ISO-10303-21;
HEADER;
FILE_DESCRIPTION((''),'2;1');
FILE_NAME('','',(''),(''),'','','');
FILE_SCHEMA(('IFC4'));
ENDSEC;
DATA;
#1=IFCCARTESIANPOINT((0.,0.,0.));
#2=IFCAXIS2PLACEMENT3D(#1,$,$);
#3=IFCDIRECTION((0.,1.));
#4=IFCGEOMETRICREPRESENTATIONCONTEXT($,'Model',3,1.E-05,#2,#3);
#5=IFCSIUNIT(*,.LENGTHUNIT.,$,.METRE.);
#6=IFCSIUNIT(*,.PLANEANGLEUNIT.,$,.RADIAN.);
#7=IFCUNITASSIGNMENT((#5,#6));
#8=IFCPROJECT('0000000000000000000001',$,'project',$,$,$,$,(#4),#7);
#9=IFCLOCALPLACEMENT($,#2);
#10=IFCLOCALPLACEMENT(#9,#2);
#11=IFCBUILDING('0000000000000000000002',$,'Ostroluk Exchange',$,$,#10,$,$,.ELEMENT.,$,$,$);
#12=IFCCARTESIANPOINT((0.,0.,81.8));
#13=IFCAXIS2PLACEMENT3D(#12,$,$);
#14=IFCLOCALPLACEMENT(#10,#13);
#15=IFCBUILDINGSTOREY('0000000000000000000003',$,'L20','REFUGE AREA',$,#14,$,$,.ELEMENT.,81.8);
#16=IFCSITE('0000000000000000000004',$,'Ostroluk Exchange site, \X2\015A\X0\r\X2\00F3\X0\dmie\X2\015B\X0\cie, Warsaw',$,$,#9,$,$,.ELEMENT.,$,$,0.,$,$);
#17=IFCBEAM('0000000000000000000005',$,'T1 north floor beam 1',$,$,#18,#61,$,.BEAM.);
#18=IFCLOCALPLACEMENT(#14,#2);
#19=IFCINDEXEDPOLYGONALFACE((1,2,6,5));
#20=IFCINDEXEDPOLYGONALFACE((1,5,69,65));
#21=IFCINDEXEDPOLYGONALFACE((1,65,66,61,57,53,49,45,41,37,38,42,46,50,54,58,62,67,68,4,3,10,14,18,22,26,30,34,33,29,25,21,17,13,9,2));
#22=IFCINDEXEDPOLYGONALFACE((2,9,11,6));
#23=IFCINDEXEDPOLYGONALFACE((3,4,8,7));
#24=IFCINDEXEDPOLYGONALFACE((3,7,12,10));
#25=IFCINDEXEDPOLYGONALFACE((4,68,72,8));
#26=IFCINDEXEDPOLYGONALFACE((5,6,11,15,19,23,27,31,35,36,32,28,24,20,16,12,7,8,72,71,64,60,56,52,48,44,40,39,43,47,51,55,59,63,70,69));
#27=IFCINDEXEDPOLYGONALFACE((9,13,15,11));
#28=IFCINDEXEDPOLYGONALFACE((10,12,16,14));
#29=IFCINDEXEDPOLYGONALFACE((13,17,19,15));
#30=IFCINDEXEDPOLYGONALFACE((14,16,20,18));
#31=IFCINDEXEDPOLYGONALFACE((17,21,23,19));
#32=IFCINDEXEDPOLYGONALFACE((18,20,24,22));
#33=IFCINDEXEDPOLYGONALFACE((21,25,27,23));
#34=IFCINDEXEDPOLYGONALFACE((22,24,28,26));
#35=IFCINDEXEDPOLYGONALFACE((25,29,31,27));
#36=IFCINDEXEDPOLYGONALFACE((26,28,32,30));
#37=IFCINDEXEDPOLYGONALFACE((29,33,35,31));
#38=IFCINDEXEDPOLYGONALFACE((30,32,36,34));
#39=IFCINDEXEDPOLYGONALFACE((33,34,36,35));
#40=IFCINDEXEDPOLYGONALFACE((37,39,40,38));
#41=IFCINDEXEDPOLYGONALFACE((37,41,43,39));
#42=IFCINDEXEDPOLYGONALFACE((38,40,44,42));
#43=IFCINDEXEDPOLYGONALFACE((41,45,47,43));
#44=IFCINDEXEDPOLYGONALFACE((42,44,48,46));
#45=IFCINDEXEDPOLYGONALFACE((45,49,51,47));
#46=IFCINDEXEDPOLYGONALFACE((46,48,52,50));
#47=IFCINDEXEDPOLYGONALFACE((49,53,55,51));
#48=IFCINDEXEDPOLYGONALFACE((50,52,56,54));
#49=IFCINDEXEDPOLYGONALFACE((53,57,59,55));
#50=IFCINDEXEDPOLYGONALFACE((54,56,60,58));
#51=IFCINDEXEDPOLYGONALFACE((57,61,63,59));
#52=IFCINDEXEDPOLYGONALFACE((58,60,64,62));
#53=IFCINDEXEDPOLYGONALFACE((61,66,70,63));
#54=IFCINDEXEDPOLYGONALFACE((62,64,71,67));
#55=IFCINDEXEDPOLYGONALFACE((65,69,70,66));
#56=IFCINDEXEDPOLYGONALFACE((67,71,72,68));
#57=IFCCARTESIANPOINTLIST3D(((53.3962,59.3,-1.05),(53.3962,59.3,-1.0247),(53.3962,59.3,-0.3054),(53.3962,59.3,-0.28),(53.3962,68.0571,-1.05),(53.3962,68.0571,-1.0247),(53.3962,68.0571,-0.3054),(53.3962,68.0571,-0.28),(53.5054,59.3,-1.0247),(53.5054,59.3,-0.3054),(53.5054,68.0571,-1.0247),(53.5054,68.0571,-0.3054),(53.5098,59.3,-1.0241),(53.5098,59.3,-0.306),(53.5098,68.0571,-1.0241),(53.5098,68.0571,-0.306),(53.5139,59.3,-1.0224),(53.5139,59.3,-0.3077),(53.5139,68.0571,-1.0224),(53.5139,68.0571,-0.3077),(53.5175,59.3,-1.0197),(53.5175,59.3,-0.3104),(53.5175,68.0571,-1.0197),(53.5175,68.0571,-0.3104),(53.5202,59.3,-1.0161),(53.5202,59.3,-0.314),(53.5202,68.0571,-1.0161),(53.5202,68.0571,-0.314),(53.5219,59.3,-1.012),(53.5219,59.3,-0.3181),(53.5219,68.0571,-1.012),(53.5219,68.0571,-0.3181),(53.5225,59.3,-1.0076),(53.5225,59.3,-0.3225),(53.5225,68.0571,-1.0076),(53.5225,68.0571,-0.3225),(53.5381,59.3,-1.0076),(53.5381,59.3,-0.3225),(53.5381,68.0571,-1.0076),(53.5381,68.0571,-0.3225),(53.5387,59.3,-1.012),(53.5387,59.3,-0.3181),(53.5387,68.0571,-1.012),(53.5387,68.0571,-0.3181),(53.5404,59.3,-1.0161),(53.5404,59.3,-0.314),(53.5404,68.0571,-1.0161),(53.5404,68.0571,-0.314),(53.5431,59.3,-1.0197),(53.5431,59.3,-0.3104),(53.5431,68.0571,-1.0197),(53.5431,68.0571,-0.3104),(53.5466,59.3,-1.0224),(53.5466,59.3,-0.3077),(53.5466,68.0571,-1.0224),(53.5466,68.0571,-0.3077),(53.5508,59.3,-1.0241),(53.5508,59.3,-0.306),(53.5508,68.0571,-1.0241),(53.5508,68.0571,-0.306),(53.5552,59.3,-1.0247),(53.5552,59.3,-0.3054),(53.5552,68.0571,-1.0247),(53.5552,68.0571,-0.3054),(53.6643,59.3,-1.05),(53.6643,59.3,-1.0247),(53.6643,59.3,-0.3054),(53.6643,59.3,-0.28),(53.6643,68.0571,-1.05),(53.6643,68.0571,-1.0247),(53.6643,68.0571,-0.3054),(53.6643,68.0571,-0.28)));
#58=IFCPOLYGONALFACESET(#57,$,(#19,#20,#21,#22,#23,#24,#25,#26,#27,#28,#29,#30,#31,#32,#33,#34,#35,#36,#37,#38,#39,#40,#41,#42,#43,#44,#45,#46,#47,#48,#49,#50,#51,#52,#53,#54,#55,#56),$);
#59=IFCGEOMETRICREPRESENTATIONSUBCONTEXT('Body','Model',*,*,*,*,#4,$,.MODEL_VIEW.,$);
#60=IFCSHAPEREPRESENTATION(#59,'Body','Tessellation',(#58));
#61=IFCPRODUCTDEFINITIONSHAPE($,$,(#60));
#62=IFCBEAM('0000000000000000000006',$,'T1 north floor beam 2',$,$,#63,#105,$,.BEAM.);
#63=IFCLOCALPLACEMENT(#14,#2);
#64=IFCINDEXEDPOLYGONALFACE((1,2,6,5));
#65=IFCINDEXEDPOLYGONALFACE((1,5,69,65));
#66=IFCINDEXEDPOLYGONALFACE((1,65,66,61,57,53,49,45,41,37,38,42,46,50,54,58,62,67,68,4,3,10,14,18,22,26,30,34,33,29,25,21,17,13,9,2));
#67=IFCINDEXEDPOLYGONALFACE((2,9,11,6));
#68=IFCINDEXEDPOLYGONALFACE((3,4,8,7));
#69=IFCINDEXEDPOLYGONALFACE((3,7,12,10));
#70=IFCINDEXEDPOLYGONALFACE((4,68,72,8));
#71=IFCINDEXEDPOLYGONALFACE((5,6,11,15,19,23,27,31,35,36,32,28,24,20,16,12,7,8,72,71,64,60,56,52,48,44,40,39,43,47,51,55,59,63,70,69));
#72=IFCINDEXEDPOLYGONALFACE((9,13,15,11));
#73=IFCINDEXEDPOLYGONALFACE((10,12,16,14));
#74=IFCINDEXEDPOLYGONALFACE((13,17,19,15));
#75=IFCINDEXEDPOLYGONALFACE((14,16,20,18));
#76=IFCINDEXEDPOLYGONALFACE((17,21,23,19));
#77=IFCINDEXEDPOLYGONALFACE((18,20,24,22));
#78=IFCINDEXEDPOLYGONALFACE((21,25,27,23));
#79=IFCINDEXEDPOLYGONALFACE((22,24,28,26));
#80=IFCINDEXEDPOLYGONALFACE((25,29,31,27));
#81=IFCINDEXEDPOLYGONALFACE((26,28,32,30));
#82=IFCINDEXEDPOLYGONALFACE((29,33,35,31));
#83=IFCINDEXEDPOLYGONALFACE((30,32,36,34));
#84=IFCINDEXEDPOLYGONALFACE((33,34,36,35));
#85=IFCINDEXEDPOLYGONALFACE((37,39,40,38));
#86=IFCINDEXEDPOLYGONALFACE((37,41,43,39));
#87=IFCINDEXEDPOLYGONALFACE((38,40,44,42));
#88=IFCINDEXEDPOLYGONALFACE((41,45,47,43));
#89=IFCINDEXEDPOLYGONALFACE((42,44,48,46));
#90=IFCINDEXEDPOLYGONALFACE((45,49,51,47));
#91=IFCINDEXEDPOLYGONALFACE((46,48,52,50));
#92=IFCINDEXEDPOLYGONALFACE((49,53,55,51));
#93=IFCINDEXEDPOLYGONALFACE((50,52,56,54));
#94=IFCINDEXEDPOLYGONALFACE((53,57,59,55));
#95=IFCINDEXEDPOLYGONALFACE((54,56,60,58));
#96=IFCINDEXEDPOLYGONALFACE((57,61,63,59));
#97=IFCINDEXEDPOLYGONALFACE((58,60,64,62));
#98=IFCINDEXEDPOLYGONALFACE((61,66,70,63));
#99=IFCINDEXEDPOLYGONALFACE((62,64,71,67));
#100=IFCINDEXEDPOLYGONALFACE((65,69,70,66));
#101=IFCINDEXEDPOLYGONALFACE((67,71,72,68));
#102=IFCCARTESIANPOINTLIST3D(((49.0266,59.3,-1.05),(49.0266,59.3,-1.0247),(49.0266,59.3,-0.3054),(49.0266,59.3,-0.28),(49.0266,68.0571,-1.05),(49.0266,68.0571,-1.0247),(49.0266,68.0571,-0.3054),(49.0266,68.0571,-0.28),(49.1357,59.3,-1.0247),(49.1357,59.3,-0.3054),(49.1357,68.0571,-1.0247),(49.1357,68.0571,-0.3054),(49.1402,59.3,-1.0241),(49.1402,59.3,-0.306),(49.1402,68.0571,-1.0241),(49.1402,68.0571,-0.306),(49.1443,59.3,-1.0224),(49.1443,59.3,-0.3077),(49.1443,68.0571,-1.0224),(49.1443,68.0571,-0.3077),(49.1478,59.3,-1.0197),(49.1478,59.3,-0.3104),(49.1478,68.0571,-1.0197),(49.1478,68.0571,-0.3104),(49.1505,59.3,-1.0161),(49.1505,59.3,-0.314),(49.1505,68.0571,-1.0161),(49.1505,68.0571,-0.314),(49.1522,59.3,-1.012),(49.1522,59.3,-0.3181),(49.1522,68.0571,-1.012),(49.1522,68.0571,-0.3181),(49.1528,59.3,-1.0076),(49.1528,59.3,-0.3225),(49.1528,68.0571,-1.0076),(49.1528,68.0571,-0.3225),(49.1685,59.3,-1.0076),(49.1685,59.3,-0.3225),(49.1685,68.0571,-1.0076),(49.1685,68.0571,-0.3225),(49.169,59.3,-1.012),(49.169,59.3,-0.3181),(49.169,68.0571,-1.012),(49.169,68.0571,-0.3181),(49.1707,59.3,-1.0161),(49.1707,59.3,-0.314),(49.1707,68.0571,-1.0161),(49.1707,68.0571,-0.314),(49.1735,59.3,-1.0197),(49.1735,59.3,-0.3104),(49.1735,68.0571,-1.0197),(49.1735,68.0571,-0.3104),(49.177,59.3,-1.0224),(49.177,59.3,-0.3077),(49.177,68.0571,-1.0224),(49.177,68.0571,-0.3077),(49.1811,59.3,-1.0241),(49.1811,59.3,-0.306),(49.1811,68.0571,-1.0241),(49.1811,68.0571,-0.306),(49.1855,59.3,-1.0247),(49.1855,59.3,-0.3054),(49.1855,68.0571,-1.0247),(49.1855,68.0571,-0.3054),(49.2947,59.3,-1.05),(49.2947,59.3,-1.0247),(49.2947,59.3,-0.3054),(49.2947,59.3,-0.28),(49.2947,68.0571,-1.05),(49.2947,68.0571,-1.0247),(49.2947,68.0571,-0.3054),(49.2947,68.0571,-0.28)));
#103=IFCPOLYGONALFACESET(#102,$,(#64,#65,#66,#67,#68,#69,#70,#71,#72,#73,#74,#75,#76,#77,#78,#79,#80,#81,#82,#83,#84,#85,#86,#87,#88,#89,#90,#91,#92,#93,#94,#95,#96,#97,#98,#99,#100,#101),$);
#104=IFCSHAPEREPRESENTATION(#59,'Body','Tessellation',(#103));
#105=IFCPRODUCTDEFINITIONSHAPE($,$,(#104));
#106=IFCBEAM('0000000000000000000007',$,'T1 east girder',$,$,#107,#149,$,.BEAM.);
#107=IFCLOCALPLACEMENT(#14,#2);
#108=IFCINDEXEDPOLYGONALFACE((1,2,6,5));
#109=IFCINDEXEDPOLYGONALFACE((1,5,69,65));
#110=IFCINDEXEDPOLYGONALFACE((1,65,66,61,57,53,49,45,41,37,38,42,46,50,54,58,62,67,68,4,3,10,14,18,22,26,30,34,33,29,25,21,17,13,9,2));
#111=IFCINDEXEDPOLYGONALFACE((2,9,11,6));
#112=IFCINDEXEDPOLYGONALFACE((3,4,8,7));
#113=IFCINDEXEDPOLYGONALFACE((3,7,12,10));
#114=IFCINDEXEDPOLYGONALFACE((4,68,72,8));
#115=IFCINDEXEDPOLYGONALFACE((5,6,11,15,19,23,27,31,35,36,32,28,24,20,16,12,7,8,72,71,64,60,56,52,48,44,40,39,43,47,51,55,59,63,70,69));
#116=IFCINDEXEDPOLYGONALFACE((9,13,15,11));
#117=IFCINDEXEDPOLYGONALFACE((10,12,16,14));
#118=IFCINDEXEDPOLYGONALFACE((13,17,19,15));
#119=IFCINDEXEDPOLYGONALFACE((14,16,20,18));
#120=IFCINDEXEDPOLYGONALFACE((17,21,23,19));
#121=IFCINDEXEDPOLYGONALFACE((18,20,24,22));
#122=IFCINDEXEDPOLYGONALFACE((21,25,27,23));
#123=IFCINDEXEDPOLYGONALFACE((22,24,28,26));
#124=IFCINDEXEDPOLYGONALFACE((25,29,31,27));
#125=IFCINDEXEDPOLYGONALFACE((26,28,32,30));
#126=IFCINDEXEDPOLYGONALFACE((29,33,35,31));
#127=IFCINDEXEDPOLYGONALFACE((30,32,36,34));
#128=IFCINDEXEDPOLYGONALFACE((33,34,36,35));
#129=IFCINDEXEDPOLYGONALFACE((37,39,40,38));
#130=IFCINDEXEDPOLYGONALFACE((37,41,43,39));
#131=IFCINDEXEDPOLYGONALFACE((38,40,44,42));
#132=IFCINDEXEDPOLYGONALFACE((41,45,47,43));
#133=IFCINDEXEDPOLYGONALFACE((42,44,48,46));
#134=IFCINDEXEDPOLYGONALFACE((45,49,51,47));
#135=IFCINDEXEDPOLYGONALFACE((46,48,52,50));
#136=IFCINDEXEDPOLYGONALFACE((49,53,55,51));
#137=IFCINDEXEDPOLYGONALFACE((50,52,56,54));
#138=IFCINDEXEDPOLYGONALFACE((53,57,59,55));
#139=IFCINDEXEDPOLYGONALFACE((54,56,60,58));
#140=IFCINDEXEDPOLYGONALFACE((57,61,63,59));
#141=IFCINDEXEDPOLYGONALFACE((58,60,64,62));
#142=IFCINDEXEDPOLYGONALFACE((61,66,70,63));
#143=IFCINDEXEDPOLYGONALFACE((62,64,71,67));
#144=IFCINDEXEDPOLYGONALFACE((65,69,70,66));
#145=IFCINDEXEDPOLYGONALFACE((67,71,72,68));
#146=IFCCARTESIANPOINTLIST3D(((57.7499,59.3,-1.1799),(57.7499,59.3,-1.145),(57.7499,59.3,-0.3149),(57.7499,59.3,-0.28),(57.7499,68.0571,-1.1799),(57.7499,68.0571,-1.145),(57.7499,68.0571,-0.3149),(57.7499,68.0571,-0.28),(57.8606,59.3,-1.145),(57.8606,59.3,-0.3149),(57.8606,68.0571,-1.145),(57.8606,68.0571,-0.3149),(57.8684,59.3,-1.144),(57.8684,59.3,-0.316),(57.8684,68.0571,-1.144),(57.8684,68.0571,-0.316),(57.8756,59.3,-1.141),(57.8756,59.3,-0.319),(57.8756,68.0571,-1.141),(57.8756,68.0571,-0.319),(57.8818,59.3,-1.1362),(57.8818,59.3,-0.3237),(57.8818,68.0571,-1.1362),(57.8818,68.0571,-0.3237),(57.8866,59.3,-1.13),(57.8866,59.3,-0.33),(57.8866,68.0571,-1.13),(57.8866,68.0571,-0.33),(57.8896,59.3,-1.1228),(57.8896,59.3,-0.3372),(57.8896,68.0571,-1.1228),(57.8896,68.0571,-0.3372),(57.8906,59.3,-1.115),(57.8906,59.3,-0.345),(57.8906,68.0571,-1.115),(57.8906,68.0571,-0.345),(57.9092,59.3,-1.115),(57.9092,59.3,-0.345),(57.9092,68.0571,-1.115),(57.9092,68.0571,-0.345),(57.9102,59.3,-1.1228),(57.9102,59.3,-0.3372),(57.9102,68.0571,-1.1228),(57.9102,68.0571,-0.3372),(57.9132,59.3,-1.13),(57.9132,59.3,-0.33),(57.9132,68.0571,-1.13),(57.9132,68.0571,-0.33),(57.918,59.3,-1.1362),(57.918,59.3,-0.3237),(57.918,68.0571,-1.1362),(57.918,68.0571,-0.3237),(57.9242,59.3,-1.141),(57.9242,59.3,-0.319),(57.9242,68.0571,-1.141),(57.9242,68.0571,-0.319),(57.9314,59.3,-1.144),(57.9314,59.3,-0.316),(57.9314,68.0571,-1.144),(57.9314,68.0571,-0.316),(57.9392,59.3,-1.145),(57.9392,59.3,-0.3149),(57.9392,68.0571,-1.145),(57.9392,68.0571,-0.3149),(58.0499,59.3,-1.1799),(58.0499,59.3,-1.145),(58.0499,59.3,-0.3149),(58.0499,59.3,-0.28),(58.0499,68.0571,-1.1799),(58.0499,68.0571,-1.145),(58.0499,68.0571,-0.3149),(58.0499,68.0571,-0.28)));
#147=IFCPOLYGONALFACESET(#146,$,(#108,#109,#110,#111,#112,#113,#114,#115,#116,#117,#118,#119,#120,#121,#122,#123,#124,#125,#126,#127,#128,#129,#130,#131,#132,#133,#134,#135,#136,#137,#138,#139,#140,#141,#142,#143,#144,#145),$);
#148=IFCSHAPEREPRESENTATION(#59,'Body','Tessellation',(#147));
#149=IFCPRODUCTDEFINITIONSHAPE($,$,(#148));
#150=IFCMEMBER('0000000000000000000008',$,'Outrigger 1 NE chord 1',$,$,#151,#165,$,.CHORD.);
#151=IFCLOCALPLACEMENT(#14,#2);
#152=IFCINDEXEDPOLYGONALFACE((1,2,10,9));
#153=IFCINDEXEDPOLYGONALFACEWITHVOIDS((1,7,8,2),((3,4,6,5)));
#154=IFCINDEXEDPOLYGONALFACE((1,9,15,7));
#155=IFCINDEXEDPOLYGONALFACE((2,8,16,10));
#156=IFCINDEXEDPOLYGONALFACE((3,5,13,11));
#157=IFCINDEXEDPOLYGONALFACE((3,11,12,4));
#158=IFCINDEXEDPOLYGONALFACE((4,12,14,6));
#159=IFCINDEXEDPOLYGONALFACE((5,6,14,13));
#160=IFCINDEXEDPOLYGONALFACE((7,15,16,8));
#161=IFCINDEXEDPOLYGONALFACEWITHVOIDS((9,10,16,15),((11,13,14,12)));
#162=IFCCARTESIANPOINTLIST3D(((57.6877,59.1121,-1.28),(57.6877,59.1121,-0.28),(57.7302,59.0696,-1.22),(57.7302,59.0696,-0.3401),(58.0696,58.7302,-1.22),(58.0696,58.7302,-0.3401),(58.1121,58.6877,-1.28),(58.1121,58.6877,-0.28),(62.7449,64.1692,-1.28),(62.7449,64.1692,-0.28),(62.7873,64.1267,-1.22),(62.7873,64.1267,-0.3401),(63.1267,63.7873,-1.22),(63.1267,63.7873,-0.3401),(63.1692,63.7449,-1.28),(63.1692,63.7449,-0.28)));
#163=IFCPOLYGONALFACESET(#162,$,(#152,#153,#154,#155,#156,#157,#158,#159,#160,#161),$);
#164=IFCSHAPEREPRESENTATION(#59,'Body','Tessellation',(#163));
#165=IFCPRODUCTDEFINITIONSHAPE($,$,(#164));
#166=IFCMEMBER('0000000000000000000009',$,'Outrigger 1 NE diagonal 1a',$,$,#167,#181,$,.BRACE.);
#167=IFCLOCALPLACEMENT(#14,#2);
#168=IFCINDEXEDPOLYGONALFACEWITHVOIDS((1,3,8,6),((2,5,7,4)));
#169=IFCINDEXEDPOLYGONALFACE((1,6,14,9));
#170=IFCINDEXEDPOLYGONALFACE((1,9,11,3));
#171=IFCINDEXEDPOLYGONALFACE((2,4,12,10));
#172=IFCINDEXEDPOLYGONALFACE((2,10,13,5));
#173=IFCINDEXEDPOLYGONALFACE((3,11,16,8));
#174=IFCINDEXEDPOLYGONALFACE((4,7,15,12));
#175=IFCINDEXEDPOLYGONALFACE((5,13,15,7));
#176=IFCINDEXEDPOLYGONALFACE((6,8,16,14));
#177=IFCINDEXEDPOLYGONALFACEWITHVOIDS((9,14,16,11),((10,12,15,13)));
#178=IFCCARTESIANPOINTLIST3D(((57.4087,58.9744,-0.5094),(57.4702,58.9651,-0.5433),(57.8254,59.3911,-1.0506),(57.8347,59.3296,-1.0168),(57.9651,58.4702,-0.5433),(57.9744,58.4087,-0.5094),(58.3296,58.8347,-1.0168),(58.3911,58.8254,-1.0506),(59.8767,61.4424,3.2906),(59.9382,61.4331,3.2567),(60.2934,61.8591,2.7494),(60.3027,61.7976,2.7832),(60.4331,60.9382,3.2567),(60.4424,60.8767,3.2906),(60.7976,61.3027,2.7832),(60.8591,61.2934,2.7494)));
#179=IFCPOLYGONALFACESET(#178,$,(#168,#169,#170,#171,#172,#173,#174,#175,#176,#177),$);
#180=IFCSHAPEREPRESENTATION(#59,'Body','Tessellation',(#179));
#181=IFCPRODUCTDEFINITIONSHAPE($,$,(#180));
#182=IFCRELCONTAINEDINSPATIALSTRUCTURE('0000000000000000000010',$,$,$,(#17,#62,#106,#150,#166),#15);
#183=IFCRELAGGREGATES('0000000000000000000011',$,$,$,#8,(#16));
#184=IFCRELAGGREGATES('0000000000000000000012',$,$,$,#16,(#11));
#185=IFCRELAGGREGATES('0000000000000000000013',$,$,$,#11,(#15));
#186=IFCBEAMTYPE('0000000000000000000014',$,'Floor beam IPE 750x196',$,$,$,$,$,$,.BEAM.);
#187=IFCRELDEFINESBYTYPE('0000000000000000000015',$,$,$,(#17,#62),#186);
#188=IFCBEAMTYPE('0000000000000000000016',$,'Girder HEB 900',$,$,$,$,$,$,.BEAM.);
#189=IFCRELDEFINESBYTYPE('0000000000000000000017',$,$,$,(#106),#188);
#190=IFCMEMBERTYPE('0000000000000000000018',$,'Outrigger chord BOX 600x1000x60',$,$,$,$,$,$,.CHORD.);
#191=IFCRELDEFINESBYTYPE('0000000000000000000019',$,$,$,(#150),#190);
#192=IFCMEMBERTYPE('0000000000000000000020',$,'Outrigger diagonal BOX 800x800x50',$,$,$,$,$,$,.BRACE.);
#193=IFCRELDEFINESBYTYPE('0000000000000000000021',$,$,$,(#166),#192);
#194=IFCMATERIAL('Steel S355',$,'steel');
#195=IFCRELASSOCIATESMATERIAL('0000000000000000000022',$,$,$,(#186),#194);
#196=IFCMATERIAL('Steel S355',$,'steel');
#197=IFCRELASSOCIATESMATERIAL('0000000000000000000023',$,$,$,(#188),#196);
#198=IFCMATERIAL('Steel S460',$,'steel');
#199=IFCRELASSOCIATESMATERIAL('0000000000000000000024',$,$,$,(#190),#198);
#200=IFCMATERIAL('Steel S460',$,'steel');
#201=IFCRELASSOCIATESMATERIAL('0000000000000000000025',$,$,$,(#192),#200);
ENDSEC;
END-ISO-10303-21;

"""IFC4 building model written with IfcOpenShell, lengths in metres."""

from ifc_helpers import new_model, si_unit, direction, frame, origin, origin_2d, place, context, subcontext, project, spatial, hollow_rectangle, i_section, extrude, material, material_profile, profile_set, type_object, element, save


model = new_model("IFC4")

# Units and contexts
model_context = context("Model", 3, precision=1e-05, world=origin(), true_north=direction((0.0, 1.0)))
body_context = subcontext(model_context, "Body", "Model", "MODEL_VIEW")
ifc_project = project(units=[si_unit("LENGTHUNIT", "METRE"), si_unit("PLANEANGLEUNIT", "RADIAN")], contexts=[model_context])

# Site, building, storey
site_placement = place(None, origin())
site = spatial("IfcSite", under=ifc_project, at=site_placement, Name="Ostroluk Exchange site, Śródmieście, Warsaw", CompositionType="ELEMENT", RefElevation=0.0)
building_placement = place(site_placement, origin())
building = spatial("IfcBuilding", under=site, at=building_placement, Name="Ostroluk Exchange", CompositionType="ELEMENT")
storey_placement = place(building_placement, frame((0.0, 0.0, 81.8)))
storey = spatial("IfcBuildingStorey", under=building, at=storey_placement, Name="L20", Description="REFUGE AREA", CompositionType="ELEMENT", Elevation=81.8)

# Beams
ifc_material_1 = material(Name="Steel S355", Category="steel")
ifc_material_profile_1 = material_profile(ifc_material_1, i_section(OverallWidth=0.2681, OverallDepth=0.77, WebThickness=0.0156, FlangeThickness=0.0254, FilletRadius=0.0171, at=origin_2d()), Name="IPE 750x196")
ifc_profile_set_1 = profile_set([ifc_material_profile_1], Name="Steel S355")
beam_type_1 = type_object("IfcBeamType", Name="Floor beam IPE 750x196", PredefinedType="BEAM", material=ifc_profile_set_1)
for number, where, z_axis, x_axis, name in (
    (1, (53.5303, 59.3, -0.665), (0.0, 1.0, 0.0), (-1.0, 0.0, 0.0), "T1 north floor beam 1"),
    (2, (49.1606, 59.3, -0.665), (0.0, 1.0, 0.0), (-1.0, 0.0, 0.0), "T1 north floor beam 2"),
):
    element("IfcBeam", number, at=place(storey_placement, frame(where, z_axis=z_axis, x_axis=x_axis)), inside=storey, type_object=beam_type_1, Name=name, PredefinedType="BEAM", context=body_context, shape_type="SweptSolid", body=[
        extrude(i_section(OverallWidth=0.2681, OverallDepth=0.77, WebThickness=0.0156, FlangeThickness=0.0254, FilletRadius=0.0171, at=origin_2d()), origin(), (0.0, 0.0, 1.0), 8.7571),
    ])
ifc_material_2 = material(Name="Steel S355", Category="steel")
ifc_material_profile_2 = material_profile(ifc_material_2, i_section(OverallWidth=0.3, OverallDepth=0.8999, WebThickness=0.0186, FlangeThickness=0.0349, FilletRadius=0.03, at=origin_2d()), Name="HEB 900")
ifc_profile_set_2 = profile_set([ifc_material_profile_2], Name="Steel S355")
beam_type_2 = type_object("IfcBeamType", Name="Girder HEB 900", PredefinedType="BEAM", material=ifc_profile_set_2)
beam_1_placement = place(storey_placement, frame((57.8999, 59.3, -0.73), z_axis=(0.0, 1.0, 0.0), x_axis=(-1.0, 0.0, 0.0)))
element("IfcBeam", 3, at=beam_1_placement, inside=storey, type_object=beam_type_2, Name="T1 east girder", PredefinedType="BEAM", context=body_context, shape_type="SweptSolid", body=[
    extrude(i_section(OverallWidth=0.3, OverallDepth=0.8999, WebThickness=0.0186, FlangeThickness=0.0349, FilletRadius=0.03, at=origin_2d()), origin(), (0.0, 0.0, 1.0), 8.7571),
])

# Members
ifc_material_3 = material(Name="Steel S460", Category="steel")
ifc_material_profile_3 = material_profile(ifc_material_3, hollow_rectangle(XDim=0.6001, YDim=1.0, WallThickness=0.0601, at=origin_2d()), Name="BOX 600x1000x60")
ifc_profile_set_3 = profile_set([ifc_material_profile_3], Name="Steel S460")
member_type_1 = type_object("IfcMemberType", Name="Outrigger chord BOX 600x1000x60", PredefinedType="CHORD", material=ifc_profile_set_3)
member_1_placement = place(storey_placement, frame((57.8999, 58.8999, -0.78), z_axis=(0.707107, 0.707107, 0.0), x_axis=(-0.707107, 0.707107, 0.0)))
element("IfcMember", 4, at=member_1_placement, inside=storey, type_object=member_type_1, Name="Outrigger 1 NE chord 1", PredefinedType="CHORD", context=body_context, shape_type="SweptSolid", body=[
    extrude(hollow_rectangle(XDim=0.6001, YDim=1.0, WallThickness=0.0601, at=origin_2d()), origin(), (0.0, 0.0, 1.0), 7.1519),
])
ifc_material_4 = material(Name="Steel S460", Category="steel")
ifc_material_profile_4 = material_profile(ifc_material_4, hollow_rectangle(XDim=0.8, YDim=0.8, WallThickness=0.05, at=origin_2d()), Name="BOX 800x800x50")
ifc_profile_set_4 = profile_set([ifc_material_profile_4], Name="Steel S460")
member_type_2 = type_object("IfcMemberType", Name="Outrigger diagonal BOX 800x800x50", PredefinedType="BRACE", material=ifc_profile_set_4)
member_2_placement = place(storey_placement, frame((57.8999, 58.8999, -0.78), z_axis=(0.478325, 0.478325, 0.736485), x_axis=(-0.707107, 0.707107, 0.0)))
element("IfcMember", 5, at=member_2_placement, inside=storey, type_object=member_type_2, Name="Outrigger 1 NE diagonal 1a", PredefinedType="BRACE", context=body_context, shape_type="SweptSolid", body=[
    extrude(hollow_rectangle(XDim=0.8, YDim=0.8, WallThickness=0.05, at=origin_2d()), origin(), (0.0, 0.0, 1.0), 5.1597),
])

save(model, "model.ifc")
